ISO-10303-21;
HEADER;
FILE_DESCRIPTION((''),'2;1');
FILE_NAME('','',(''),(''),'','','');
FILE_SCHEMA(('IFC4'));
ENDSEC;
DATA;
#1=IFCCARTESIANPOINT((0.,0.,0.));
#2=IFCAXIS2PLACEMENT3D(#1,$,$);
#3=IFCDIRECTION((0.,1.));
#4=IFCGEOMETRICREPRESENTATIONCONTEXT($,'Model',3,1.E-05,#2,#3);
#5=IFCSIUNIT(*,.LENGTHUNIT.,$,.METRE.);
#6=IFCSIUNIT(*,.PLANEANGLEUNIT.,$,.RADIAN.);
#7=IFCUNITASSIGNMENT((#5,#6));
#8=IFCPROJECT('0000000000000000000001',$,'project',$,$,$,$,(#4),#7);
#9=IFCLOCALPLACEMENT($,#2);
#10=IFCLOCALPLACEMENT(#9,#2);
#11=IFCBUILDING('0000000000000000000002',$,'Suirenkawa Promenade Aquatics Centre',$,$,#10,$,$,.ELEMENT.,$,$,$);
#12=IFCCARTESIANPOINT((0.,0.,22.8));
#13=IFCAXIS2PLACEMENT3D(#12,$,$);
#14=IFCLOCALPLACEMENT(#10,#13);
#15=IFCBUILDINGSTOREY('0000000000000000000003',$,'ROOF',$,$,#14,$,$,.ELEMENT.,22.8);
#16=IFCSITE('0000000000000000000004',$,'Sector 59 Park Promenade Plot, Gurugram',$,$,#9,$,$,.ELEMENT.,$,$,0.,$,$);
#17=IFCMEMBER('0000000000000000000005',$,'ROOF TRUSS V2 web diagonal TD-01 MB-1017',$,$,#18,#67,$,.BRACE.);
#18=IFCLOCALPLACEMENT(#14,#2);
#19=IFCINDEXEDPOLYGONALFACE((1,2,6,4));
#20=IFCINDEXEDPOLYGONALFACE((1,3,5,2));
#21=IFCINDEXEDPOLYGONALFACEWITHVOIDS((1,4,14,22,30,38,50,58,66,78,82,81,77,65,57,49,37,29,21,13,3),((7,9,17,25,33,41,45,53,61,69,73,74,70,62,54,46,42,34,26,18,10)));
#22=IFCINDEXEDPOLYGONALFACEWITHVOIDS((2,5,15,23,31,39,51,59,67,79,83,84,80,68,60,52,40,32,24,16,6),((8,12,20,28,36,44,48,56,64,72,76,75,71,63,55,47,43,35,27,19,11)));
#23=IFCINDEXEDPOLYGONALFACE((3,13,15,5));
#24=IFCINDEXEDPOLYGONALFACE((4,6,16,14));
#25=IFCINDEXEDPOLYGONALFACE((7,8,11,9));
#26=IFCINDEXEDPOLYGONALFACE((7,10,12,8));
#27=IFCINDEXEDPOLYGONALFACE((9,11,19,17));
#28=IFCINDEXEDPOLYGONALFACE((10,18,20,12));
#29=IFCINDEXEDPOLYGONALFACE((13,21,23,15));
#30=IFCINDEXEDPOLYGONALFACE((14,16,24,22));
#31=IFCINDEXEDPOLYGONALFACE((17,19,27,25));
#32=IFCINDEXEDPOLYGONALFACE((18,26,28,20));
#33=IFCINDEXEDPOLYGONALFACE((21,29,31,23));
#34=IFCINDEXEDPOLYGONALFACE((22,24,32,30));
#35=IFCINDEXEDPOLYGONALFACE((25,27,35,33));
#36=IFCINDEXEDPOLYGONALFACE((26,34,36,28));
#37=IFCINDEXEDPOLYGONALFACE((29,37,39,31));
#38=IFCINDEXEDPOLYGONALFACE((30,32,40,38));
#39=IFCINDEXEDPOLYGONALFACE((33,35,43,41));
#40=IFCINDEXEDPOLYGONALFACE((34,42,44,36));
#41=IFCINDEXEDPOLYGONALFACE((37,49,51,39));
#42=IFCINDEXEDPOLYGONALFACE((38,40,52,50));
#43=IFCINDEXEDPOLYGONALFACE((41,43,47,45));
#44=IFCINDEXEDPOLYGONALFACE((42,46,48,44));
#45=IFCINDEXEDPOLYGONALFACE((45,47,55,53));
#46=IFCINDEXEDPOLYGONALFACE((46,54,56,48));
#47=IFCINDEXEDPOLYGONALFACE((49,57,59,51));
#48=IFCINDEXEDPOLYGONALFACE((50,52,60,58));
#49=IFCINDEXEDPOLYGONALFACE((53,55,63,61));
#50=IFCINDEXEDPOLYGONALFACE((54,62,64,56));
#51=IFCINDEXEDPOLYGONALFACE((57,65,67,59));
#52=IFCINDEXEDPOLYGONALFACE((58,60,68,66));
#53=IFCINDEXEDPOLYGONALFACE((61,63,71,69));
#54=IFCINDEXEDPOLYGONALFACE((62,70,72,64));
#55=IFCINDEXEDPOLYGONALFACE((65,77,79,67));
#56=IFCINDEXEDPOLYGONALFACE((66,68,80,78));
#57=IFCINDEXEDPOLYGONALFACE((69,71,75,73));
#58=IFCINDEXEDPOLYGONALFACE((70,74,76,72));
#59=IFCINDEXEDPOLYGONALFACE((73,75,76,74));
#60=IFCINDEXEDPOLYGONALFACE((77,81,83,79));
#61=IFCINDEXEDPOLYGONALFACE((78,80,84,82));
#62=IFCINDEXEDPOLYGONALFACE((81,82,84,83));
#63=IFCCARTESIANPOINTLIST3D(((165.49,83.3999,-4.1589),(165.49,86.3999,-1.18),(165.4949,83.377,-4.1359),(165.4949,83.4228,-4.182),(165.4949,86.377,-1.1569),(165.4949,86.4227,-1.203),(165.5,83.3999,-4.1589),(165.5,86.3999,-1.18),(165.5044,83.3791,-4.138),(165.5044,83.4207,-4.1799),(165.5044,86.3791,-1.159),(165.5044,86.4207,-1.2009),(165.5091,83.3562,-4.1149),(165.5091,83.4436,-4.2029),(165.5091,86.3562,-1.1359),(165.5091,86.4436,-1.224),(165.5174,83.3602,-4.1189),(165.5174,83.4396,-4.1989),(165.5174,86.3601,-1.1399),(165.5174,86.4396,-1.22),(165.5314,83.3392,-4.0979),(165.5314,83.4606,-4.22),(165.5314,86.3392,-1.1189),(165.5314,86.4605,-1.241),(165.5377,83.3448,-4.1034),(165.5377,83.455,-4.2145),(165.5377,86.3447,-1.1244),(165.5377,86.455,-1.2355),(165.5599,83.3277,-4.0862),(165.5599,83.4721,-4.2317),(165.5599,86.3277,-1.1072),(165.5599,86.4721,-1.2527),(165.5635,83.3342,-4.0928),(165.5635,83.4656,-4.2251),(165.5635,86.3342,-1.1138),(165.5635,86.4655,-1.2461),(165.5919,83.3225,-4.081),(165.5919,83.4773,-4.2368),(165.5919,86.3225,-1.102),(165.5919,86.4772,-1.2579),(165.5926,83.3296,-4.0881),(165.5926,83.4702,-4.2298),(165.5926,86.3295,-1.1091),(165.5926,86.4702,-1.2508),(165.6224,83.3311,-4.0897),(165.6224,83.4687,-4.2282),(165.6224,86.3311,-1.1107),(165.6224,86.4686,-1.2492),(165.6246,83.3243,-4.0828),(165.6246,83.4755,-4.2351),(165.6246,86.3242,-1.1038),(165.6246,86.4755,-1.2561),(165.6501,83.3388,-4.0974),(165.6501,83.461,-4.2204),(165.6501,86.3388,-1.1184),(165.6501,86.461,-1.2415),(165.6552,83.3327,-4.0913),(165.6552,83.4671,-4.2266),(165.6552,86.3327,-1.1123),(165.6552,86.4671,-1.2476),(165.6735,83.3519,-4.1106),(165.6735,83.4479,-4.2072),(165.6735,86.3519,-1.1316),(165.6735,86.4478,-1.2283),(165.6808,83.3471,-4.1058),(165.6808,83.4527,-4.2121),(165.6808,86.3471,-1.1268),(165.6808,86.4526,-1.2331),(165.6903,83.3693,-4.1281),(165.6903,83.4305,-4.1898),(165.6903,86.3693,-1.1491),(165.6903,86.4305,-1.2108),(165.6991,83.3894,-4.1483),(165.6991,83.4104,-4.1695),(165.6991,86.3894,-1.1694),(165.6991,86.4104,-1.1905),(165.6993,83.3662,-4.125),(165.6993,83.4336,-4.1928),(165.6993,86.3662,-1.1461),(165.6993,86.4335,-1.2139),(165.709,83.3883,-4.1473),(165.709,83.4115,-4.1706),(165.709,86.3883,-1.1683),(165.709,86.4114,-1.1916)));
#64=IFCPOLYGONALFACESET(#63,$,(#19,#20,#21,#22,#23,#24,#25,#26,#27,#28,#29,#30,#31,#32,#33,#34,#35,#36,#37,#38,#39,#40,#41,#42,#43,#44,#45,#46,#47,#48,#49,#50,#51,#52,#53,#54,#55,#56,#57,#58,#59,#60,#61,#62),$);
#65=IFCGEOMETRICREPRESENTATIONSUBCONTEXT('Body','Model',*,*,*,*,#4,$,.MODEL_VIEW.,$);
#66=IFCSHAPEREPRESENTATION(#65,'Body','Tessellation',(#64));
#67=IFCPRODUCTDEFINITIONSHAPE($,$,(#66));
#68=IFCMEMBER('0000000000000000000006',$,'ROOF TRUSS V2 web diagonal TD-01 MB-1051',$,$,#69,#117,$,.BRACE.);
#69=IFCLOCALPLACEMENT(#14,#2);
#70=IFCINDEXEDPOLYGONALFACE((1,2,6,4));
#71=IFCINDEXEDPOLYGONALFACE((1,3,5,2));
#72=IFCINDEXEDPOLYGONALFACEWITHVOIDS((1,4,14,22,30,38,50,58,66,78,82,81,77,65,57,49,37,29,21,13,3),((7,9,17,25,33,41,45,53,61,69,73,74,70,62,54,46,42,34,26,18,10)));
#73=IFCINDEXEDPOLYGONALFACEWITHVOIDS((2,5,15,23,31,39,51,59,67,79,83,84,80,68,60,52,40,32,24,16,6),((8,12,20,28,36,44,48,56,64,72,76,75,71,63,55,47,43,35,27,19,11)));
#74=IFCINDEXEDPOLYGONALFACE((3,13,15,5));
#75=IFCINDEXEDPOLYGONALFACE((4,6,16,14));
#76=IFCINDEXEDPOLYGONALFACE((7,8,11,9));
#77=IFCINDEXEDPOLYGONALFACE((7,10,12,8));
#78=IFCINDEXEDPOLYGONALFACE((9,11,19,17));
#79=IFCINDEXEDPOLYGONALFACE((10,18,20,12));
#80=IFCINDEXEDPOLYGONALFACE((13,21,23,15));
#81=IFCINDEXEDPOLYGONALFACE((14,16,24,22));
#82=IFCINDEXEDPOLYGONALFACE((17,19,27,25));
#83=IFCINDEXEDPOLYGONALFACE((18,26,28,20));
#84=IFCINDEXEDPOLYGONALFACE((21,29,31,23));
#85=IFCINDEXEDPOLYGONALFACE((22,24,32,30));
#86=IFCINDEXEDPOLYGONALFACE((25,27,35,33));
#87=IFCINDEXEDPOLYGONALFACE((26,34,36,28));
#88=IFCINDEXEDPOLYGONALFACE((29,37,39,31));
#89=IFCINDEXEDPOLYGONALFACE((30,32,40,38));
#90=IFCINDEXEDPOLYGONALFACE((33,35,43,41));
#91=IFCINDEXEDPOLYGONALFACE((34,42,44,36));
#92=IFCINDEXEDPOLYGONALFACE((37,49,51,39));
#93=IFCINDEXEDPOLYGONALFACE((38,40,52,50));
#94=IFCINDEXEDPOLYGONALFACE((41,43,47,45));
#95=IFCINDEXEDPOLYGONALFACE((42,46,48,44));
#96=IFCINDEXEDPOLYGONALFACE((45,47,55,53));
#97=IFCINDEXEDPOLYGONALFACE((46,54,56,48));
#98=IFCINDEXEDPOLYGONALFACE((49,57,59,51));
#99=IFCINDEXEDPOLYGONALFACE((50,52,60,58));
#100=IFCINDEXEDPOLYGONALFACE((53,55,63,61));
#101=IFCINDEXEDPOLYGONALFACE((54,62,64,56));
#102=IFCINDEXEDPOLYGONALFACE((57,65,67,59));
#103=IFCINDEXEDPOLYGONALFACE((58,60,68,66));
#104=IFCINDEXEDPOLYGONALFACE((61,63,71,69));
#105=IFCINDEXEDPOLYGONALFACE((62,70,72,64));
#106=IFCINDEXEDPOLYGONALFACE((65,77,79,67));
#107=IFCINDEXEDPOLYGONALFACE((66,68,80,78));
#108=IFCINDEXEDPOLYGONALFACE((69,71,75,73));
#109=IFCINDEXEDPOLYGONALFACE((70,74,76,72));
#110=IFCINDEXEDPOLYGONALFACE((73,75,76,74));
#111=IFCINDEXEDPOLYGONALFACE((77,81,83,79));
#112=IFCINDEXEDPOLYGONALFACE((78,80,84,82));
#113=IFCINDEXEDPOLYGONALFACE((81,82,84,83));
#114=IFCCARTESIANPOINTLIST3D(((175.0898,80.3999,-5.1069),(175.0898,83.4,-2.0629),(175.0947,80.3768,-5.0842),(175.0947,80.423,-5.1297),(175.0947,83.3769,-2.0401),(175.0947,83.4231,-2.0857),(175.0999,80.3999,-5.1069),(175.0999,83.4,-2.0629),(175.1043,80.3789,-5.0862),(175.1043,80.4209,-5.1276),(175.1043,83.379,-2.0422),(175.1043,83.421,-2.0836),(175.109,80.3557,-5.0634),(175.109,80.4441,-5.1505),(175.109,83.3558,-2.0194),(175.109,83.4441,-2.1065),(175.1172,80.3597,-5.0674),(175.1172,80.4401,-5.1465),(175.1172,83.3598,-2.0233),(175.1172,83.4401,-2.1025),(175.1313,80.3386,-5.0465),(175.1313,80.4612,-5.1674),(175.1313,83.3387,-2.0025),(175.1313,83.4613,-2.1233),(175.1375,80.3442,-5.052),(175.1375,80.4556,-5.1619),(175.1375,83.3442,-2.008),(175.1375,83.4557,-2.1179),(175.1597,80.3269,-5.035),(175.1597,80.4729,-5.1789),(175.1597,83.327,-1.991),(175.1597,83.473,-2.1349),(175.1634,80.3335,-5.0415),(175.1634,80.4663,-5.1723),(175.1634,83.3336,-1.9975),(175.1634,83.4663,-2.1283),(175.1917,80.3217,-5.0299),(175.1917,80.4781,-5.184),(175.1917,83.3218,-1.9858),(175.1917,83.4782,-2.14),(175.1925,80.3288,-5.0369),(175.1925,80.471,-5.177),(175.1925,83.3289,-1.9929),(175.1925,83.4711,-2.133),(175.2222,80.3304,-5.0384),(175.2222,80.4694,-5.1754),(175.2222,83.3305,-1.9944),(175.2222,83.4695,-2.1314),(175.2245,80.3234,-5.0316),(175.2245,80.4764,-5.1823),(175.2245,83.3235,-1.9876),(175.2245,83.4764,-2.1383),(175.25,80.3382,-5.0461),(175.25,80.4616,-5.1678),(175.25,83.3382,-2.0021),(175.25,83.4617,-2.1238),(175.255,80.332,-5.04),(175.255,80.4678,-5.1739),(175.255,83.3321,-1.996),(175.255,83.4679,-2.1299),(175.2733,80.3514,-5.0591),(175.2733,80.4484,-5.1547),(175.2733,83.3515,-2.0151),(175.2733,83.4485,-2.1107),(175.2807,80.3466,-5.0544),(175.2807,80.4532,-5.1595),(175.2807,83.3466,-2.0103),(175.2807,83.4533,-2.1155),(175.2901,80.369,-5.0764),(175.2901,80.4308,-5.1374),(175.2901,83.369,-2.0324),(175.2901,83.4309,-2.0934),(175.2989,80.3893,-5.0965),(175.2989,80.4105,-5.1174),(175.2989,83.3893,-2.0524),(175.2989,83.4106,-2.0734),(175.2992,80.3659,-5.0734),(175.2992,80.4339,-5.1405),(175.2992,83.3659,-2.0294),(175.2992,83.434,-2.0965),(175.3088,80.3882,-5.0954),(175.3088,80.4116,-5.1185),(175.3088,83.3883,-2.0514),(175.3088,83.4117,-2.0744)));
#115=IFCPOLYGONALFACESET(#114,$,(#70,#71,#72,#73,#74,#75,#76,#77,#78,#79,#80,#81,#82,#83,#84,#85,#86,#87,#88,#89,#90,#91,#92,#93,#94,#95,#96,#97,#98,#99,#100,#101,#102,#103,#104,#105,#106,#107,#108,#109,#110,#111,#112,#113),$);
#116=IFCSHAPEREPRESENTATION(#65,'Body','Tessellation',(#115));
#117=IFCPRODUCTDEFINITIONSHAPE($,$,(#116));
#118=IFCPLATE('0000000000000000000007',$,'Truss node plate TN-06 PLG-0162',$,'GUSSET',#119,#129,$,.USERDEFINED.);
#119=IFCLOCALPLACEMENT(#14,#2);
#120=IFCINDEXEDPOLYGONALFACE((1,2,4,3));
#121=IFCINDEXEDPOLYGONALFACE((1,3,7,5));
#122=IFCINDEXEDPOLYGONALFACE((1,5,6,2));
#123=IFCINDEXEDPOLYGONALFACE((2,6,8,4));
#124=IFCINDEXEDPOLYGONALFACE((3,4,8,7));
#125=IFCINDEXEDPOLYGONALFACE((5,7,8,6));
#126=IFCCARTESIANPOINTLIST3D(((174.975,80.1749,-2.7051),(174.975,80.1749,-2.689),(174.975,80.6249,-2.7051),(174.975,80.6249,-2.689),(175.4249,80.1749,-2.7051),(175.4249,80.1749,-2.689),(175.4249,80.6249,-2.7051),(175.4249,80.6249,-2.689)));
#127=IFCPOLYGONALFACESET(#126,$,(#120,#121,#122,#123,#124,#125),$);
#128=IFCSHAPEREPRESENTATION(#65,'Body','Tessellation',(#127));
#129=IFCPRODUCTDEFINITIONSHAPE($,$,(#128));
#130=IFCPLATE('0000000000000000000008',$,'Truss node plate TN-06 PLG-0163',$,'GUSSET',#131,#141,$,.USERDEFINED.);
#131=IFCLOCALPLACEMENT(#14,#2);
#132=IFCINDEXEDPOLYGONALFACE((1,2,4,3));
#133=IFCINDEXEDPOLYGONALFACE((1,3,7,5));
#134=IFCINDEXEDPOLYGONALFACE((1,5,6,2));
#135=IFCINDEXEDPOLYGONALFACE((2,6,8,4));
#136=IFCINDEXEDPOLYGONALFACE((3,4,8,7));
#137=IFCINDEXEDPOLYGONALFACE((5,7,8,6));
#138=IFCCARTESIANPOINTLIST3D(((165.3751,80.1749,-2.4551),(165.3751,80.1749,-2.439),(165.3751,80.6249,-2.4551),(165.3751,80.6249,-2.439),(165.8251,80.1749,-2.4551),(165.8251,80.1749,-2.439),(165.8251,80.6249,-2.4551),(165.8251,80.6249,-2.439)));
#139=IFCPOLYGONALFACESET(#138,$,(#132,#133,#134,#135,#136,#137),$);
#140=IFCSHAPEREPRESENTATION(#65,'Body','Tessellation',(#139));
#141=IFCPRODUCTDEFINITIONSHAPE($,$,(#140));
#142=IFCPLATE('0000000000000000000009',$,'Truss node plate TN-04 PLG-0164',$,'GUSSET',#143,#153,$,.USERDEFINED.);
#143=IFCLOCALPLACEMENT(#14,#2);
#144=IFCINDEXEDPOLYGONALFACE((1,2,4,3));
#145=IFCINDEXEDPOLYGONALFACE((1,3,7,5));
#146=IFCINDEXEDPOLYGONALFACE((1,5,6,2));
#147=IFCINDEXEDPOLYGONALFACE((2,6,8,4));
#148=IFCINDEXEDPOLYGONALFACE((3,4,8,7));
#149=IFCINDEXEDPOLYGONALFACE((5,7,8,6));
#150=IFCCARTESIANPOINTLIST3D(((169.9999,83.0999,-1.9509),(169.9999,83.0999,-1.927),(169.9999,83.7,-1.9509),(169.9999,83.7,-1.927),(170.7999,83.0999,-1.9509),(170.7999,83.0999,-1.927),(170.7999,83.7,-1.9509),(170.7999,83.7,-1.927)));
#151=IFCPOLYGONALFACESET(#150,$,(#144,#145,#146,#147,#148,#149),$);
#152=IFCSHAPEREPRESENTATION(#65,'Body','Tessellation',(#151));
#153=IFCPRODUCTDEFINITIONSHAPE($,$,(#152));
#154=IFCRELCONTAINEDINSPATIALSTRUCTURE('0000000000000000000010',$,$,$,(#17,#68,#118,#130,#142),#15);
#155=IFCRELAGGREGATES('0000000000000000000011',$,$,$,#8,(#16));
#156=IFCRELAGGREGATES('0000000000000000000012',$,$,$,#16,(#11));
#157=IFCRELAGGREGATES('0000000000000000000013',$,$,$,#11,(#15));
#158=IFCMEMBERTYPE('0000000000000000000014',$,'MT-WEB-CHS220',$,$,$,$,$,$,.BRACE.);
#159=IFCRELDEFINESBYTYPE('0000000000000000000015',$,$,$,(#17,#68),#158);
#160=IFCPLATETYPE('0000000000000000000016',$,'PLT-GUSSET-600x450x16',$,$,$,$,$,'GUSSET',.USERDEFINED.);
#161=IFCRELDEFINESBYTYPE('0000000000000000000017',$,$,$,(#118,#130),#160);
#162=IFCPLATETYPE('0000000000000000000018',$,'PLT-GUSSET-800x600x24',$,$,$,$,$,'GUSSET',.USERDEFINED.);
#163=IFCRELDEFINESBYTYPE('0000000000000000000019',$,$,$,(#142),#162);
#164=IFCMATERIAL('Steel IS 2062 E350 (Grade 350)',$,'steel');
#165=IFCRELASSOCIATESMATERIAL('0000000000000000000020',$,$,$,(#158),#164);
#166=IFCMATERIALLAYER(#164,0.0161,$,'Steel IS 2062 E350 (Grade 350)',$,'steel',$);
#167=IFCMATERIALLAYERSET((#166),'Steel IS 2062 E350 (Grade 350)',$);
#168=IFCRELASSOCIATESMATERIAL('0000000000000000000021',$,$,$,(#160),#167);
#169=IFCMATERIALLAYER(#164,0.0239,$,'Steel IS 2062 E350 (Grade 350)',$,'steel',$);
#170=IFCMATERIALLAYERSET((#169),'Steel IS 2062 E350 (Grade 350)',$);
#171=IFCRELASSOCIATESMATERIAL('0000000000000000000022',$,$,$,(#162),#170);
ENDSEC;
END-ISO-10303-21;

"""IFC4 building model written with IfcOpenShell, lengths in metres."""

from ifc_helpers import new_model, si_unit, direction, frame, origin, origin_2d, place, context, subcontext, project, spatial, rectangle, hollow_circle, extrude, material, layer, layer_set, material_profile, profile_set, type_object, element, save


model = new_model("IFC4")

# Units and contexts
model_context = context("Model", 3, precision=1e-05, world=origin(), true_north=direction((0.0, 1.0)))
body_context = subcontext(model_context, "Body", "Model", "MODEL_VIEW")
ifc_project = project(units=[si_unit("LENGTHUNIT", "METRE"), si_unit("PLANEANGLEUNIT", "RADIAN")], contexts=[model_context])

# Site, building, storey
site_placement = place(None, origin())
site = spatial("IfcSite", under=ifc_project, at=site_placement, Name="Sector 59 Park Promenade Plot, Gurugram", CompositionType="ELEMENT", RefElevation=0.0)
building_placement = place(site_placement, origin())
building = spatial("IfcBuilding", under=site, at=building_placement, Name="Suirenkawa Promenade Aquatics Centre", CompositionType="ELEMENT")
storey_placement = place(building_placement, frame((0.0, 0.0, 22.8)))
storey = spatial("IfcBuildingStorey", under=building, at=storey_placement, Name="ROOF", CompositionType="ELEMENT", Elevation=22.8)

# Shared definitions
ifc_material = material(Name="Steel IS 2062 E350 (Grade 350)", Category="steel")

# Members
ifc_material_profile_1 = material_profile(ifc_material, hollow_circle(Radius=0.1101, WallThickness=0.01, at=origin_2d()), Name="CHS 220x10", Category="steel")
ifc_profile_set_1 = profile_set([ifc_material_profile_1], Name="Steel IS 2062 E350 (Grade 350)")
member_type_1 = type_object("IfcMemberType", Name="MT-WEB-CHS220", PredefinedType="BRACE", material=ifc_profile_set_1)
member_1_placement = place(storey_placement, frame((165.6001, 83.3999, -4.1589), z_axis=(0.0, 0.709586, 0.704619), x_axis=(-1.0, 0.0, 0.0)))
element("IfcMember", 1, at=member_1_placement, inside=storey, type_object=member_type_1, Name="ROOF TRUSS V2 web diagonal TD-01 MB-1017", PredefinedType="BRACE", context=body_context, shape_type="SweptSolid", body=[
    extrude(hollow_circle(Radius=0.1101, WallThickness=0.01, at=origin_2d()), origin(), (0.0, 0.0, 1.0), 4.2278),
])
member_2_placement = place(storey_placement, frame((175.2, 80.3999, -5.1069), z_axis=(0.0, 0.701947, 0.712229), x_axis=(-1.0, 0.0, 0.0)))
element("IfcMember", 2, at=member_2_placement, inside=storey, type_object=member_type_1, Name="ROOF TRUSS V2 web diagonal TD-01 MB-1051", PredefinedType="BRACE", context=body_context, shape_type="SweptSolid", body=[
    extrude(hollow_circle(Radius=0.1101, WallThickness=0.01, at=origin_2d()), origin(), (0.0, 0.0, 1.0), 4.2739),
])

# Plates
ifc_layer_1 = layer(ifc_material, 0.0161, Name="Steel IS 2062 E350 (Grade 350)", Category="steel")
ifc_layer_set_1 = layer_set([ifc_layer_1], Name="Steel IS 2062 E350 (Grade 350)")
plate_type_1 = type_object("IfcPlateType", Name="PLT-GUSSET-600x450x16", ElementType="GUSSET", PredefinedType="USERDEFINED", material=ifc_layer_set_1)
for number, where, z_axis, x_axis, name in (
    (3, (175.2, 80.3999, -2.7051), (0.0, 0.0, 1.0), (1.0, 0.0, 0.0), "Truss node plate TN-06 PLG-0162"),
    (4, (165.6001, 80.3999, -2.4551), (0.0, 0.0, 1.0), (1.0, 0.0, 0.0), "Truss node plate TN-06 PLG-0163"),
):
    element("IfcPlate", number, at=place(storey_placement, frame(where, z_axis=z_axis, x_axis=x_axis)), inside=storey, type_object=plate_type_1, Name=name, ObjectType="GUSSET", PredefinedType="USERDEFINED", context=body_context, shape_type="SweptSolid", body=[
        extrude(rectangle(XDim=0.45, YDim=0.45, at=origin_2d()), origin(), (0.0, 0.0, 1.0), 0.0161),
    ])
ifc_layer_2 = layer(ifc_material, 0.0239, Name="Steel IS 2062 E350 (Grade 350)", Category="steel")
ifc_layer_set_2 = layer_set([ifc_layer_2], Name="Steel IS 2062 E350 (Grade 350)")
plate_type_2 = type_object("IfcPlateType", Name="PLT-GUSSET-800x600x24", ElementType="GUSSET", PredefinedType="USERDEFINED", material=ifc_layer_set_2)
plate_placement = place(storey_placement, frame((170.3999, 83.3999, -1.9509), z_axis=(0.0, 0.0, 1.0), x_axis=(1.0, 0.0, 0.0)))
element("IfcPlate", 5, at=plate_placement, inside=storey, type_object=plate_type_2, Name="Truss node plate TN-04 PLG-0164", ObjectType="GUSSET", PredefinedType="USERDEFINED", context=body_context, shape_type="SweptSolid", body=[
    extrude(rectangle(XDim=0.8, YDim=0.6001, at=origin_2d()), origin(), (0.0, 0.0, 1.0), 0.0239),
])

save(model, "model.ifc")
